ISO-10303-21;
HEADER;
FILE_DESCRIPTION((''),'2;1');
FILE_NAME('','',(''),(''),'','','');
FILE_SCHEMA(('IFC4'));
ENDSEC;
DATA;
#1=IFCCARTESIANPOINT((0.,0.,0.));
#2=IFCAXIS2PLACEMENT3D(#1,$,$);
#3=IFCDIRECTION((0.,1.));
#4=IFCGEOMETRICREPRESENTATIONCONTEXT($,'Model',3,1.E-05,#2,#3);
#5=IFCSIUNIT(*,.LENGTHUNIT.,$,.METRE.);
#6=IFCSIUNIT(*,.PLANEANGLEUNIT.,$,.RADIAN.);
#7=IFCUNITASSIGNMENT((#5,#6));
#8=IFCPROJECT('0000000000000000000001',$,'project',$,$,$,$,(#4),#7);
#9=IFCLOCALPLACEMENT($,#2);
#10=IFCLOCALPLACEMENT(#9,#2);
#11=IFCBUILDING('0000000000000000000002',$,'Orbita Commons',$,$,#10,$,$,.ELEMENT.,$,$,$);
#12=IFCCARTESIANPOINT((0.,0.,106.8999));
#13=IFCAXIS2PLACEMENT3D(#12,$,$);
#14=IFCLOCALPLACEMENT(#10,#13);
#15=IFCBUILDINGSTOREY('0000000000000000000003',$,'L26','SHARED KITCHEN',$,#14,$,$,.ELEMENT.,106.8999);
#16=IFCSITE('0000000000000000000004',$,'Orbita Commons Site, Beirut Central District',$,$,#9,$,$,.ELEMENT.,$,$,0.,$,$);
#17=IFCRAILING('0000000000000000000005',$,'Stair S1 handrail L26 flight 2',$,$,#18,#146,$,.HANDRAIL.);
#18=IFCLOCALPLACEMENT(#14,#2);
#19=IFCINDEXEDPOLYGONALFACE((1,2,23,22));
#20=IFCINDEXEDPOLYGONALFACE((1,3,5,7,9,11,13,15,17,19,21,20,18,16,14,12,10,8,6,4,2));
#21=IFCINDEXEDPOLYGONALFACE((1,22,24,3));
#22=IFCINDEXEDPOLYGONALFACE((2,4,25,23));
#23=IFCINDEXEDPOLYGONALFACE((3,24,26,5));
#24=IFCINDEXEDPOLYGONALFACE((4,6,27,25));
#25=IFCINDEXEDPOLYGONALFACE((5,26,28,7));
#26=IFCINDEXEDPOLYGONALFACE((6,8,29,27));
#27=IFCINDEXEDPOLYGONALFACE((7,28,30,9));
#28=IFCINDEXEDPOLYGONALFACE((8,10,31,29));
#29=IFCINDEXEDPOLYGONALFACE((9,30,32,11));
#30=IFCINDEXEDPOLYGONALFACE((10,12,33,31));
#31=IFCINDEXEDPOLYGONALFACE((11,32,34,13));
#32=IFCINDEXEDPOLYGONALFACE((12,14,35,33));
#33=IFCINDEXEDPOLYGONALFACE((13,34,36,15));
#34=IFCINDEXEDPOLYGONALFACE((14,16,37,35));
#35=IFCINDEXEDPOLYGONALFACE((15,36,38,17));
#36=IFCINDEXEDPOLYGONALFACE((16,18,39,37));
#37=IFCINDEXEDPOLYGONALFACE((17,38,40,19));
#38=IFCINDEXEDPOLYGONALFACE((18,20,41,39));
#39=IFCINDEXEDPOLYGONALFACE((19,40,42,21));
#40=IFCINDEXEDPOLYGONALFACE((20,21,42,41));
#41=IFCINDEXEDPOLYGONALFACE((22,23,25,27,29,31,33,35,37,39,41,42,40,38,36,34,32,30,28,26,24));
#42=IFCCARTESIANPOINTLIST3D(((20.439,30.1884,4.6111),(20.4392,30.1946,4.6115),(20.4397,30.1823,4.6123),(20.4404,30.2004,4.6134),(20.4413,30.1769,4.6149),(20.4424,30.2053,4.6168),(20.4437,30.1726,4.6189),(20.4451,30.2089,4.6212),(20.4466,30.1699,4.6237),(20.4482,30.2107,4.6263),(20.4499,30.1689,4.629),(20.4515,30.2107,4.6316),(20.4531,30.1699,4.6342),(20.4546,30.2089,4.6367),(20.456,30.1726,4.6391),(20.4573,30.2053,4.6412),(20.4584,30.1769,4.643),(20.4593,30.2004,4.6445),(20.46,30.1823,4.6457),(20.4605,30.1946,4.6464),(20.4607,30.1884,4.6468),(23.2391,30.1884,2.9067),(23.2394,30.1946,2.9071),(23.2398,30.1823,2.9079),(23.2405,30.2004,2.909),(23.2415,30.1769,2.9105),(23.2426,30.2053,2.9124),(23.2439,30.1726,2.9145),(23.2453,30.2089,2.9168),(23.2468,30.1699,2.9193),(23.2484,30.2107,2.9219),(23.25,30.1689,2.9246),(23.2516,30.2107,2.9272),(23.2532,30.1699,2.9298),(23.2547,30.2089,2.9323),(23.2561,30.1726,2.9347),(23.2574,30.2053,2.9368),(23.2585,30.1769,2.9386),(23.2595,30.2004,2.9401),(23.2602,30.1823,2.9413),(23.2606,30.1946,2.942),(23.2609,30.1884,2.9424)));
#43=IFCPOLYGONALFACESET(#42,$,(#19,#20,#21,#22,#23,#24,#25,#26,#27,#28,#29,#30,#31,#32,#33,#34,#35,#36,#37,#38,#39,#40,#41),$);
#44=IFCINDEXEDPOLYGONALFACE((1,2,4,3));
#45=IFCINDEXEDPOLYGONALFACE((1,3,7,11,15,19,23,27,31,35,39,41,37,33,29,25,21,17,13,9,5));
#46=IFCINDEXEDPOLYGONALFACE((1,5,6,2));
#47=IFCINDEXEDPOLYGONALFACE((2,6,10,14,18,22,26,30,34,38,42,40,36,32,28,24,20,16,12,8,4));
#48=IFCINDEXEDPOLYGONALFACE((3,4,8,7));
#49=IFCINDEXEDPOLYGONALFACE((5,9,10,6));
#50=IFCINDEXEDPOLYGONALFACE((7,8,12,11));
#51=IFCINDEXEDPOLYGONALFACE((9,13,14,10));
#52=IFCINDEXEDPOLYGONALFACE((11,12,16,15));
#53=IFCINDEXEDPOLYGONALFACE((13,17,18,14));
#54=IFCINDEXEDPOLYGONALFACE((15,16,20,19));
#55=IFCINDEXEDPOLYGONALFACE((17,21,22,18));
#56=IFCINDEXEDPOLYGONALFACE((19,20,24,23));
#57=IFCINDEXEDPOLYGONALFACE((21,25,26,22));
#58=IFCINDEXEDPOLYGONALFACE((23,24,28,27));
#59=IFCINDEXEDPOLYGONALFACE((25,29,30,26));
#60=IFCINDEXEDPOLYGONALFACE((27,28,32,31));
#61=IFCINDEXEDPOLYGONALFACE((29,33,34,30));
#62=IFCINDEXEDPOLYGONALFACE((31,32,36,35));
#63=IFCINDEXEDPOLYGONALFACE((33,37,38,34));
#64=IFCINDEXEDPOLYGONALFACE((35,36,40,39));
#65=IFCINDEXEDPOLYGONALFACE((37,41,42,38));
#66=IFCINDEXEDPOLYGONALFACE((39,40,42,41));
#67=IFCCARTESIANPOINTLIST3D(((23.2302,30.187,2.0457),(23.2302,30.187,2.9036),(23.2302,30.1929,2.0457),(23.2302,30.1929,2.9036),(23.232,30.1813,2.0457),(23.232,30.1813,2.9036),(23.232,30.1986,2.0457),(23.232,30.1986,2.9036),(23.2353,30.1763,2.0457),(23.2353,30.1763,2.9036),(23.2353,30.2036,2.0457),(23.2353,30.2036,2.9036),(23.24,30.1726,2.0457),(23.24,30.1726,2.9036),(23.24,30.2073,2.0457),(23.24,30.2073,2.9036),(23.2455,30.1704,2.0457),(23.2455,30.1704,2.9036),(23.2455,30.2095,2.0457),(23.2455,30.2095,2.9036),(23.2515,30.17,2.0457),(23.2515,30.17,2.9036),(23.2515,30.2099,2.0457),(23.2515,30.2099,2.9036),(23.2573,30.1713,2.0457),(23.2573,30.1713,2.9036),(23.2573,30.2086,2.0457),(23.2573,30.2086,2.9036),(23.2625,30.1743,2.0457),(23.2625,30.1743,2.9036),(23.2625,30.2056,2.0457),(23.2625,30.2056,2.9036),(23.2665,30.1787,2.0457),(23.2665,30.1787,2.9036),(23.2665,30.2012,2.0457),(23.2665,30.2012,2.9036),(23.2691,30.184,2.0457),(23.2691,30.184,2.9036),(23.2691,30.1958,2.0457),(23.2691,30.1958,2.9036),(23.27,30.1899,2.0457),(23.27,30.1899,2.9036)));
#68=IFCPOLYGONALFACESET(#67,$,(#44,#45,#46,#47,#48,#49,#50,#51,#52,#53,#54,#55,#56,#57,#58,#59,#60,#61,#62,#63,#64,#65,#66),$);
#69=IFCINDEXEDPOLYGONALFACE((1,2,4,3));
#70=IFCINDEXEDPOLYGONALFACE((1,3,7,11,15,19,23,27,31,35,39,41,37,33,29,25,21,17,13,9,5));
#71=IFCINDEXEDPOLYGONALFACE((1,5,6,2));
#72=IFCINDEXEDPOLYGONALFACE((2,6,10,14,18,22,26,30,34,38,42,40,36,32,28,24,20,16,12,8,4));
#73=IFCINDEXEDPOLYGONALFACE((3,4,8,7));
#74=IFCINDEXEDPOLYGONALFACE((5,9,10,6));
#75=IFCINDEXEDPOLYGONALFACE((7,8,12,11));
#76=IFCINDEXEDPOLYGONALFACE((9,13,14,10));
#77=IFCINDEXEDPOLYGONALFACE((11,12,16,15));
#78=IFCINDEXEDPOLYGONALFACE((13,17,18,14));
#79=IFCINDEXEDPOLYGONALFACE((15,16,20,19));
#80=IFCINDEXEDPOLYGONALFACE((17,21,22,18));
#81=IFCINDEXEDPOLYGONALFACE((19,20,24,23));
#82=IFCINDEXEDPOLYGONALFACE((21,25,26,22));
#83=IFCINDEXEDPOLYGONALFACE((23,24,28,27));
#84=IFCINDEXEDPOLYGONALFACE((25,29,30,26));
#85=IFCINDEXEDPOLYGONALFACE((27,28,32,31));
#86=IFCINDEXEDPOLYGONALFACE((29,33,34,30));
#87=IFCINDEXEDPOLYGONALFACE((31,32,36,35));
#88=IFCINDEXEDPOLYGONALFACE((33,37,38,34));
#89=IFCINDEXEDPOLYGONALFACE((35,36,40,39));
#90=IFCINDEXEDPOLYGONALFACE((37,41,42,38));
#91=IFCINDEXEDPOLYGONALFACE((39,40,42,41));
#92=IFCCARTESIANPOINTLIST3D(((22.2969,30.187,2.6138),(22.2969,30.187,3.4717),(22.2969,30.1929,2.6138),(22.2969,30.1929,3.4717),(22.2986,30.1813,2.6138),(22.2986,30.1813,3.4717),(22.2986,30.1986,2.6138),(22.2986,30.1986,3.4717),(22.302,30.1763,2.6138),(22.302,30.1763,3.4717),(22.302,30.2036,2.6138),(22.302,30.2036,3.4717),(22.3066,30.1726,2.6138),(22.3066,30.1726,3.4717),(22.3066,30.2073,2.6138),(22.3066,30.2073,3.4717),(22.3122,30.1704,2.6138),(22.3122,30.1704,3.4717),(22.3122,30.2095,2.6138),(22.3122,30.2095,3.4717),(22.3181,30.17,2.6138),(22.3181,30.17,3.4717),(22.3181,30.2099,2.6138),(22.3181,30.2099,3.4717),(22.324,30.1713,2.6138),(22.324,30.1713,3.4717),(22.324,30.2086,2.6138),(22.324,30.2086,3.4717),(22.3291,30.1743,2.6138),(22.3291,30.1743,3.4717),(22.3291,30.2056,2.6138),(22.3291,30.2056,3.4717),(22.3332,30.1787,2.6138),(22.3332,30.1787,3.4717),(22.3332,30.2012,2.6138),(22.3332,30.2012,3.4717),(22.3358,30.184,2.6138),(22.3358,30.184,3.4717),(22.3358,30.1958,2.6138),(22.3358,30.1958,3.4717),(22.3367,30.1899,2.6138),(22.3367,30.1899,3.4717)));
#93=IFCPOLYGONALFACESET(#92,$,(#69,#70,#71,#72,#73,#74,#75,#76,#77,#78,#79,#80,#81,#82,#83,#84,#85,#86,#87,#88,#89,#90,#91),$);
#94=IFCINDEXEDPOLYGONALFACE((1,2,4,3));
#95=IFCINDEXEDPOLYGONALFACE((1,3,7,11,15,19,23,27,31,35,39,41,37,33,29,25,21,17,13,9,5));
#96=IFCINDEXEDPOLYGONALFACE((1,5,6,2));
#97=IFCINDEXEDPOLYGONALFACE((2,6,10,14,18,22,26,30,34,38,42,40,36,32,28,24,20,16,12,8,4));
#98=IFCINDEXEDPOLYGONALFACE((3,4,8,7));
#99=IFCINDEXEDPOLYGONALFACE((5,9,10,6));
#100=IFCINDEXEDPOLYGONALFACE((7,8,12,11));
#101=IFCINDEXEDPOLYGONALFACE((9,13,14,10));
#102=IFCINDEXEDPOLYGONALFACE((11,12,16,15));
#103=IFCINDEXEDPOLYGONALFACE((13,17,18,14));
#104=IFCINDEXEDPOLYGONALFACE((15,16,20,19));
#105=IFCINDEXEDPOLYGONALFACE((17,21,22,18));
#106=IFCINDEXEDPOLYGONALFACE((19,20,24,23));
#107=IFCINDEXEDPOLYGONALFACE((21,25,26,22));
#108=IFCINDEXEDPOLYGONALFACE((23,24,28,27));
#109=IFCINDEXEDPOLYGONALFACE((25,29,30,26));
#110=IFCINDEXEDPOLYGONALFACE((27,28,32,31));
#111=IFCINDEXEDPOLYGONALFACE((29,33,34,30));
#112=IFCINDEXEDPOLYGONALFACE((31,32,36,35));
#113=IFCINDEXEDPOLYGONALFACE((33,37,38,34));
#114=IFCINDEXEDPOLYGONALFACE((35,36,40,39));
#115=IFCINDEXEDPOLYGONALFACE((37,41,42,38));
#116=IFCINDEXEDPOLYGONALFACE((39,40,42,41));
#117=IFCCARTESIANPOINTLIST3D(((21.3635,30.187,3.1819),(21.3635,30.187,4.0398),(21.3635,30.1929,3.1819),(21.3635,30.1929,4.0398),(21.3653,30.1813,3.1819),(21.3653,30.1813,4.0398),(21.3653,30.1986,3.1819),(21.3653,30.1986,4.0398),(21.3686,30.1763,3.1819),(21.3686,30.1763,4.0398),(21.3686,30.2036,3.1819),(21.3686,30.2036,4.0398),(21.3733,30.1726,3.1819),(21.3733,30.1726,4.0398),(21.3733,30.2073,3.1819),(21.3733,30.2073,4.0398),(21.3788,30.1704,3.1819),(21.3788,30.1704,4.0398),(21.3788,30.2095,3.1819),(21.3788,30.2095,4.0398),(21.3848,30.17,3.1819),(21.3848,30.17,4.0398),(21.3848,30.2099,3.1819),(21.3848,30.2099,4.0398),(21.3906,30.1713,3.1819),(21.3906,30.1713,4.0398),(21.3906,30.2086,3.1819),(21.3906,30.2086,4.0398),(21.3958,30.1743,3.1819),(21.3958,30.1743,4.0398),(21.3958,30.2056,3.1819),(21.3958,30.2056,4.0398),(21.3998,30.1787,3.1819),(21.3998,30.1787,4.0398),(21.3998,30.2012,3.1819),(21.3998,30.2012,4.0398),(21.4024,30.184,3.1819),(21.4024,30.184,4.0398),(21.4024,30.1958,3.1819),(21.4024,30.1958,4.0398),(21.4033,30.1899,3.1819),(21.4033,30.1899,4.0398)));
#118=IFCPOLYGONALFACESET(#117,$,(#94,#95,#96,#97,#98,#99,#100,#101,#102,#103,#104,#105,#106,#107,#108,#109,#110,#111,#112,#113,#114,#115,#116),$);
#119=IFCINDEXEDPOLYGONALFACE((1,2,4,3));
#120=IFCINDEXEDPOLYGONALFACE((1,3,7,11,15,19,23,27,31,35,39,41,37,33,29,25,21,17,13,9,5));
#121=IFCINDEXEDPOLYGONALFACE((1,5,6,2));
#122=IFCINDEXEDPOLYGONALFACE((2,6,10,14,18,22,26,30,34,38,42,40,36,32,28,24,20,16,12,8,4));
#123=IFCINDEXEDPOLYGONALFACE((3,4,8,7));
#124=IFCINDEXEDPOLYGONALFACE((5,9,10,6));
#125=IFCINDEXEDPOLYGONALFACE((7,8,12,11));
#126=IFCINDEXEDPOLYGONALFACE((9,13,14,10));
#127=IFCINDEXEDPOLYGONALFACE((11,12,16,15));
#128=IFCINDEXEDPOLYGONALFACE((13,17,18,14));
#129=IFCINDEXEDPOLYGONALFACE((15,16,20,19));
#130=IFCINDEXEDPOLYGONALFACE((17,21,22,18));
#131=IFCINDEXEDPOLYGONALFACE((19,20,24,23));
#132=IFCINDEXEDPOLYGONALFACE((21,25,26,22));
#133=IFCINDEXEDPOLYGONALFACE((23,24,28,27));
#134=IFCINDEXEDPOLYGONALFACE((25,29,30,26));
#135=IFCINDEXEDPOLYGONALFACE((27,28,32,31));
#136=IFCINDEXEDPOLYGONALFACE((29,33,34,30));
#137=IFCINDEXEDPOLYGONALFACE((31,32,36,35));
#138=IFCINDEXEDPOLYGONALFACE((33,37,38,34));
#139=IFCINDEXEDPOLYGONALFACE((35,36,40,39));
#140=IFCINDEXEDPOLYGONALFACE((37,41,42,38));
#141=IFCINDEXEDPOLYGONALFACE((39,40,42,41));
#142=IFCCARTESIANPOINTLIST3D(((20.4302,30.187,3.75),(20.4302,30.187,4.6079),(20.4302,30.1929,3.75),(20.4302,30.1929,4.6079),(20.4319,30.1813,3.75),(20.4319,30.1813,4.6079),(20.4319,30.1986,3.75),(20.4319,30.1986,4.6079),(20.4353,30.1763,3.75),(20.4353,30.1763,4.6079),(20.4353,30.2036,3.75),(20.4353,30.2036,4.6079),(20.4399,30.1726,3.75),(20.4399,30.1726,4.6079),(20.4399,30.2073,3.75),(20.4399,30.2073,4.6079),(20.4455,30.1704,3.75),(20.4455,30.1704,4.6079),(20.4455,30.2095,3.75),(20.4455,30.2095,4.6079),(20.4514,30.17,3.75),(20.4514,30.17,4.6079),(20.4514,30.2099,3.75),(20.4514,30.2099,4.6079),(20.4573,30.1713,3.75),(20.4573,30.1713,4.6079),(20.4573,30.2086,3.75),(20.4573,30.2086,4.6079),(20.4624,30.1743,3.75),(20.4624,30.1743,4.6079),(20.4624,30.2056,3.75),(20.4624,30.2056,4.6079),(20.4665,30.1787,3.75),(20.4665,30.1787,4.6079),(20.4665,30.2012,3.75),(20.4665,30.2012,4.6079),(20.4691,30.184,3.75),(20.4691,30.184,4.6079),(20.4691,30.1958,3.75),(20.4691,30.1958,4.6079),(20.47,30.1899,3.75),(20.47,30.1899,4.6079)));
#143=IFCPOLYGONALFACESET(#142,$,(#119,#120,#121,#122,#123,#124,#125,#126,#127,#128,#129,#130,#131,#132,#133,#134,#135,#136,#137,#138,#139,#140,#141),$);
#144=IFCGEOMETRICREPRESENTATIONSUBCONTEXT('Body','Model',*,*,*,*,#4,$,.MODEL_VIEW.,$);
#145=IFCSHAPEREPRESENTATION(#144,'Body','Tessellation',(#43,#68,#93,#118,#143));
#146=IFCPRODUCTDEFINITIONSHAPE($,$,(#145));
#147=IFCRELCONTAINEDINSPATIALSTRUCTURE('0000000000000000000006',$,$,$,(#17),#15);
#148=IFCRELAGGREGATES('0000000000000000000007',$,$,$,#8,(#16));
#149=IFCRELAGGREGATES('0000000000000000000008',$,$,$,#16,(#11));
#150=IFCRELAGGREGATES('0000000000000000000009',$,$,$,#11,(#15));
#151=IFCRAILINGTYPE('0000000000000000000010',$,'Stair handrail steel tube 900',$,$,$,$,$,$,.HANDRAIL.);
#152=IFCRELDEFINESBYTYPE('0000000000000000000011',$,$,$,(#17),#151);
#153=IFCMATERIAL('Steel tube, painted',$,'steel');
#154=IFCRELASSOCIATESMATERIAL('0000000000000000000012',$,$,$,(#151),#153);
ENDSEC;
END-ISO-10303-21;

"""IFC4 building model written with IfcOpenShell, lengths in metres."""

from ifc_helpers import new_model, si_unit, direction, frame, origin, origin_2d, place, context, subcontext, project, spatial, circle, extrude, material, type_object, element, save


model = new_model("IFC4")

# Units and contexts
model_context = context("Model", 3, precision=1e-05, world=origin(), true_north=direction((0.0, 1.0)))
body_context = subcontext(model_context, "Body", "Model", "MODEL_VIEW")
ifc_project = project(units=[si_unit("LENGTHUNIT", "METRE"), si_unit("PLANEANGLEUNIT", "RADIAN")], contexts=[model_context])

# Site, building, storey
site_placement = place(None, origin())
site = spatial("IfcSite", under=ifc_project, at=site_placement, Name="Orbita Commons Site, Beirut Central District", CompositionType="ELEMENT", RefElevation=0.0)
building_placement = place(site_placement, origin())
building = spatial("IfcBuilding", under=site, at=building_placement, Name="Orbita Commons", CompositionType="ELEMENT")
storey_placement = place(building_placement, frame((0.0, 0.0, 106.8999)))
storey = spatial("IfcBuildingStorey", under=building, at=storey_placement, Name="L26", Description="SHARED KITCHEN", CompositionType="ELEMENT", Elevation=106.8999)

# Railing
ifc_material = material(Name="Steel tube, painted", Category="steel")
railing_type = type_object("IfcRailingType", Name="Stair handrail steel tube 900", PredefinedType="HANDRAIL", material=ifc_material)
for number, where, name in (
    (1, (23.25, 30.1899, 2.0457), "Stair S1 handrail L26 flight 2"),
):
    element("IfcRailing", number, at=place(storey_placement, frame(where)), inside=storey, type_object=railing_type, Name=name, PredefinedType="HANDRAIL", context=body_context, shape_type="SweptSolid", body=[
        extrude(circle(Radius=0.021, at=origin_2d()), frame((0.0, 0.0, 0.8789), z_axis=(-0.854203, 0.0, 0.51994), x_axis=(0.0, -1.0, 0.0)), (0.0, 0.0, 1.0), 3.2781),
        extrude(circle(Radius=0.02, at=origin_2d()), origin(), (0.0, 0.0, 1.0), 0.8579),
        extrude(circle(Radius=0.02, at=origin_2d()), frame((-0.9333, 0.0, 0.5681)), (0.0, 0.0, 1.0), 0.8579),
        extrude(circle(Radius=0.02, at=origin_2d()), frame((-1.8667, 0.0, 1.1362)), (0.0, 0.0, 1.0), 0.8579),
        extrude(circle(Radius=0.02, at=origin_2d()), frame((-2.8, 0.0, 1.7043)), (0.0, 0.0, 1.0), 0.8579),
    ])

save(model, "model.ifc")
